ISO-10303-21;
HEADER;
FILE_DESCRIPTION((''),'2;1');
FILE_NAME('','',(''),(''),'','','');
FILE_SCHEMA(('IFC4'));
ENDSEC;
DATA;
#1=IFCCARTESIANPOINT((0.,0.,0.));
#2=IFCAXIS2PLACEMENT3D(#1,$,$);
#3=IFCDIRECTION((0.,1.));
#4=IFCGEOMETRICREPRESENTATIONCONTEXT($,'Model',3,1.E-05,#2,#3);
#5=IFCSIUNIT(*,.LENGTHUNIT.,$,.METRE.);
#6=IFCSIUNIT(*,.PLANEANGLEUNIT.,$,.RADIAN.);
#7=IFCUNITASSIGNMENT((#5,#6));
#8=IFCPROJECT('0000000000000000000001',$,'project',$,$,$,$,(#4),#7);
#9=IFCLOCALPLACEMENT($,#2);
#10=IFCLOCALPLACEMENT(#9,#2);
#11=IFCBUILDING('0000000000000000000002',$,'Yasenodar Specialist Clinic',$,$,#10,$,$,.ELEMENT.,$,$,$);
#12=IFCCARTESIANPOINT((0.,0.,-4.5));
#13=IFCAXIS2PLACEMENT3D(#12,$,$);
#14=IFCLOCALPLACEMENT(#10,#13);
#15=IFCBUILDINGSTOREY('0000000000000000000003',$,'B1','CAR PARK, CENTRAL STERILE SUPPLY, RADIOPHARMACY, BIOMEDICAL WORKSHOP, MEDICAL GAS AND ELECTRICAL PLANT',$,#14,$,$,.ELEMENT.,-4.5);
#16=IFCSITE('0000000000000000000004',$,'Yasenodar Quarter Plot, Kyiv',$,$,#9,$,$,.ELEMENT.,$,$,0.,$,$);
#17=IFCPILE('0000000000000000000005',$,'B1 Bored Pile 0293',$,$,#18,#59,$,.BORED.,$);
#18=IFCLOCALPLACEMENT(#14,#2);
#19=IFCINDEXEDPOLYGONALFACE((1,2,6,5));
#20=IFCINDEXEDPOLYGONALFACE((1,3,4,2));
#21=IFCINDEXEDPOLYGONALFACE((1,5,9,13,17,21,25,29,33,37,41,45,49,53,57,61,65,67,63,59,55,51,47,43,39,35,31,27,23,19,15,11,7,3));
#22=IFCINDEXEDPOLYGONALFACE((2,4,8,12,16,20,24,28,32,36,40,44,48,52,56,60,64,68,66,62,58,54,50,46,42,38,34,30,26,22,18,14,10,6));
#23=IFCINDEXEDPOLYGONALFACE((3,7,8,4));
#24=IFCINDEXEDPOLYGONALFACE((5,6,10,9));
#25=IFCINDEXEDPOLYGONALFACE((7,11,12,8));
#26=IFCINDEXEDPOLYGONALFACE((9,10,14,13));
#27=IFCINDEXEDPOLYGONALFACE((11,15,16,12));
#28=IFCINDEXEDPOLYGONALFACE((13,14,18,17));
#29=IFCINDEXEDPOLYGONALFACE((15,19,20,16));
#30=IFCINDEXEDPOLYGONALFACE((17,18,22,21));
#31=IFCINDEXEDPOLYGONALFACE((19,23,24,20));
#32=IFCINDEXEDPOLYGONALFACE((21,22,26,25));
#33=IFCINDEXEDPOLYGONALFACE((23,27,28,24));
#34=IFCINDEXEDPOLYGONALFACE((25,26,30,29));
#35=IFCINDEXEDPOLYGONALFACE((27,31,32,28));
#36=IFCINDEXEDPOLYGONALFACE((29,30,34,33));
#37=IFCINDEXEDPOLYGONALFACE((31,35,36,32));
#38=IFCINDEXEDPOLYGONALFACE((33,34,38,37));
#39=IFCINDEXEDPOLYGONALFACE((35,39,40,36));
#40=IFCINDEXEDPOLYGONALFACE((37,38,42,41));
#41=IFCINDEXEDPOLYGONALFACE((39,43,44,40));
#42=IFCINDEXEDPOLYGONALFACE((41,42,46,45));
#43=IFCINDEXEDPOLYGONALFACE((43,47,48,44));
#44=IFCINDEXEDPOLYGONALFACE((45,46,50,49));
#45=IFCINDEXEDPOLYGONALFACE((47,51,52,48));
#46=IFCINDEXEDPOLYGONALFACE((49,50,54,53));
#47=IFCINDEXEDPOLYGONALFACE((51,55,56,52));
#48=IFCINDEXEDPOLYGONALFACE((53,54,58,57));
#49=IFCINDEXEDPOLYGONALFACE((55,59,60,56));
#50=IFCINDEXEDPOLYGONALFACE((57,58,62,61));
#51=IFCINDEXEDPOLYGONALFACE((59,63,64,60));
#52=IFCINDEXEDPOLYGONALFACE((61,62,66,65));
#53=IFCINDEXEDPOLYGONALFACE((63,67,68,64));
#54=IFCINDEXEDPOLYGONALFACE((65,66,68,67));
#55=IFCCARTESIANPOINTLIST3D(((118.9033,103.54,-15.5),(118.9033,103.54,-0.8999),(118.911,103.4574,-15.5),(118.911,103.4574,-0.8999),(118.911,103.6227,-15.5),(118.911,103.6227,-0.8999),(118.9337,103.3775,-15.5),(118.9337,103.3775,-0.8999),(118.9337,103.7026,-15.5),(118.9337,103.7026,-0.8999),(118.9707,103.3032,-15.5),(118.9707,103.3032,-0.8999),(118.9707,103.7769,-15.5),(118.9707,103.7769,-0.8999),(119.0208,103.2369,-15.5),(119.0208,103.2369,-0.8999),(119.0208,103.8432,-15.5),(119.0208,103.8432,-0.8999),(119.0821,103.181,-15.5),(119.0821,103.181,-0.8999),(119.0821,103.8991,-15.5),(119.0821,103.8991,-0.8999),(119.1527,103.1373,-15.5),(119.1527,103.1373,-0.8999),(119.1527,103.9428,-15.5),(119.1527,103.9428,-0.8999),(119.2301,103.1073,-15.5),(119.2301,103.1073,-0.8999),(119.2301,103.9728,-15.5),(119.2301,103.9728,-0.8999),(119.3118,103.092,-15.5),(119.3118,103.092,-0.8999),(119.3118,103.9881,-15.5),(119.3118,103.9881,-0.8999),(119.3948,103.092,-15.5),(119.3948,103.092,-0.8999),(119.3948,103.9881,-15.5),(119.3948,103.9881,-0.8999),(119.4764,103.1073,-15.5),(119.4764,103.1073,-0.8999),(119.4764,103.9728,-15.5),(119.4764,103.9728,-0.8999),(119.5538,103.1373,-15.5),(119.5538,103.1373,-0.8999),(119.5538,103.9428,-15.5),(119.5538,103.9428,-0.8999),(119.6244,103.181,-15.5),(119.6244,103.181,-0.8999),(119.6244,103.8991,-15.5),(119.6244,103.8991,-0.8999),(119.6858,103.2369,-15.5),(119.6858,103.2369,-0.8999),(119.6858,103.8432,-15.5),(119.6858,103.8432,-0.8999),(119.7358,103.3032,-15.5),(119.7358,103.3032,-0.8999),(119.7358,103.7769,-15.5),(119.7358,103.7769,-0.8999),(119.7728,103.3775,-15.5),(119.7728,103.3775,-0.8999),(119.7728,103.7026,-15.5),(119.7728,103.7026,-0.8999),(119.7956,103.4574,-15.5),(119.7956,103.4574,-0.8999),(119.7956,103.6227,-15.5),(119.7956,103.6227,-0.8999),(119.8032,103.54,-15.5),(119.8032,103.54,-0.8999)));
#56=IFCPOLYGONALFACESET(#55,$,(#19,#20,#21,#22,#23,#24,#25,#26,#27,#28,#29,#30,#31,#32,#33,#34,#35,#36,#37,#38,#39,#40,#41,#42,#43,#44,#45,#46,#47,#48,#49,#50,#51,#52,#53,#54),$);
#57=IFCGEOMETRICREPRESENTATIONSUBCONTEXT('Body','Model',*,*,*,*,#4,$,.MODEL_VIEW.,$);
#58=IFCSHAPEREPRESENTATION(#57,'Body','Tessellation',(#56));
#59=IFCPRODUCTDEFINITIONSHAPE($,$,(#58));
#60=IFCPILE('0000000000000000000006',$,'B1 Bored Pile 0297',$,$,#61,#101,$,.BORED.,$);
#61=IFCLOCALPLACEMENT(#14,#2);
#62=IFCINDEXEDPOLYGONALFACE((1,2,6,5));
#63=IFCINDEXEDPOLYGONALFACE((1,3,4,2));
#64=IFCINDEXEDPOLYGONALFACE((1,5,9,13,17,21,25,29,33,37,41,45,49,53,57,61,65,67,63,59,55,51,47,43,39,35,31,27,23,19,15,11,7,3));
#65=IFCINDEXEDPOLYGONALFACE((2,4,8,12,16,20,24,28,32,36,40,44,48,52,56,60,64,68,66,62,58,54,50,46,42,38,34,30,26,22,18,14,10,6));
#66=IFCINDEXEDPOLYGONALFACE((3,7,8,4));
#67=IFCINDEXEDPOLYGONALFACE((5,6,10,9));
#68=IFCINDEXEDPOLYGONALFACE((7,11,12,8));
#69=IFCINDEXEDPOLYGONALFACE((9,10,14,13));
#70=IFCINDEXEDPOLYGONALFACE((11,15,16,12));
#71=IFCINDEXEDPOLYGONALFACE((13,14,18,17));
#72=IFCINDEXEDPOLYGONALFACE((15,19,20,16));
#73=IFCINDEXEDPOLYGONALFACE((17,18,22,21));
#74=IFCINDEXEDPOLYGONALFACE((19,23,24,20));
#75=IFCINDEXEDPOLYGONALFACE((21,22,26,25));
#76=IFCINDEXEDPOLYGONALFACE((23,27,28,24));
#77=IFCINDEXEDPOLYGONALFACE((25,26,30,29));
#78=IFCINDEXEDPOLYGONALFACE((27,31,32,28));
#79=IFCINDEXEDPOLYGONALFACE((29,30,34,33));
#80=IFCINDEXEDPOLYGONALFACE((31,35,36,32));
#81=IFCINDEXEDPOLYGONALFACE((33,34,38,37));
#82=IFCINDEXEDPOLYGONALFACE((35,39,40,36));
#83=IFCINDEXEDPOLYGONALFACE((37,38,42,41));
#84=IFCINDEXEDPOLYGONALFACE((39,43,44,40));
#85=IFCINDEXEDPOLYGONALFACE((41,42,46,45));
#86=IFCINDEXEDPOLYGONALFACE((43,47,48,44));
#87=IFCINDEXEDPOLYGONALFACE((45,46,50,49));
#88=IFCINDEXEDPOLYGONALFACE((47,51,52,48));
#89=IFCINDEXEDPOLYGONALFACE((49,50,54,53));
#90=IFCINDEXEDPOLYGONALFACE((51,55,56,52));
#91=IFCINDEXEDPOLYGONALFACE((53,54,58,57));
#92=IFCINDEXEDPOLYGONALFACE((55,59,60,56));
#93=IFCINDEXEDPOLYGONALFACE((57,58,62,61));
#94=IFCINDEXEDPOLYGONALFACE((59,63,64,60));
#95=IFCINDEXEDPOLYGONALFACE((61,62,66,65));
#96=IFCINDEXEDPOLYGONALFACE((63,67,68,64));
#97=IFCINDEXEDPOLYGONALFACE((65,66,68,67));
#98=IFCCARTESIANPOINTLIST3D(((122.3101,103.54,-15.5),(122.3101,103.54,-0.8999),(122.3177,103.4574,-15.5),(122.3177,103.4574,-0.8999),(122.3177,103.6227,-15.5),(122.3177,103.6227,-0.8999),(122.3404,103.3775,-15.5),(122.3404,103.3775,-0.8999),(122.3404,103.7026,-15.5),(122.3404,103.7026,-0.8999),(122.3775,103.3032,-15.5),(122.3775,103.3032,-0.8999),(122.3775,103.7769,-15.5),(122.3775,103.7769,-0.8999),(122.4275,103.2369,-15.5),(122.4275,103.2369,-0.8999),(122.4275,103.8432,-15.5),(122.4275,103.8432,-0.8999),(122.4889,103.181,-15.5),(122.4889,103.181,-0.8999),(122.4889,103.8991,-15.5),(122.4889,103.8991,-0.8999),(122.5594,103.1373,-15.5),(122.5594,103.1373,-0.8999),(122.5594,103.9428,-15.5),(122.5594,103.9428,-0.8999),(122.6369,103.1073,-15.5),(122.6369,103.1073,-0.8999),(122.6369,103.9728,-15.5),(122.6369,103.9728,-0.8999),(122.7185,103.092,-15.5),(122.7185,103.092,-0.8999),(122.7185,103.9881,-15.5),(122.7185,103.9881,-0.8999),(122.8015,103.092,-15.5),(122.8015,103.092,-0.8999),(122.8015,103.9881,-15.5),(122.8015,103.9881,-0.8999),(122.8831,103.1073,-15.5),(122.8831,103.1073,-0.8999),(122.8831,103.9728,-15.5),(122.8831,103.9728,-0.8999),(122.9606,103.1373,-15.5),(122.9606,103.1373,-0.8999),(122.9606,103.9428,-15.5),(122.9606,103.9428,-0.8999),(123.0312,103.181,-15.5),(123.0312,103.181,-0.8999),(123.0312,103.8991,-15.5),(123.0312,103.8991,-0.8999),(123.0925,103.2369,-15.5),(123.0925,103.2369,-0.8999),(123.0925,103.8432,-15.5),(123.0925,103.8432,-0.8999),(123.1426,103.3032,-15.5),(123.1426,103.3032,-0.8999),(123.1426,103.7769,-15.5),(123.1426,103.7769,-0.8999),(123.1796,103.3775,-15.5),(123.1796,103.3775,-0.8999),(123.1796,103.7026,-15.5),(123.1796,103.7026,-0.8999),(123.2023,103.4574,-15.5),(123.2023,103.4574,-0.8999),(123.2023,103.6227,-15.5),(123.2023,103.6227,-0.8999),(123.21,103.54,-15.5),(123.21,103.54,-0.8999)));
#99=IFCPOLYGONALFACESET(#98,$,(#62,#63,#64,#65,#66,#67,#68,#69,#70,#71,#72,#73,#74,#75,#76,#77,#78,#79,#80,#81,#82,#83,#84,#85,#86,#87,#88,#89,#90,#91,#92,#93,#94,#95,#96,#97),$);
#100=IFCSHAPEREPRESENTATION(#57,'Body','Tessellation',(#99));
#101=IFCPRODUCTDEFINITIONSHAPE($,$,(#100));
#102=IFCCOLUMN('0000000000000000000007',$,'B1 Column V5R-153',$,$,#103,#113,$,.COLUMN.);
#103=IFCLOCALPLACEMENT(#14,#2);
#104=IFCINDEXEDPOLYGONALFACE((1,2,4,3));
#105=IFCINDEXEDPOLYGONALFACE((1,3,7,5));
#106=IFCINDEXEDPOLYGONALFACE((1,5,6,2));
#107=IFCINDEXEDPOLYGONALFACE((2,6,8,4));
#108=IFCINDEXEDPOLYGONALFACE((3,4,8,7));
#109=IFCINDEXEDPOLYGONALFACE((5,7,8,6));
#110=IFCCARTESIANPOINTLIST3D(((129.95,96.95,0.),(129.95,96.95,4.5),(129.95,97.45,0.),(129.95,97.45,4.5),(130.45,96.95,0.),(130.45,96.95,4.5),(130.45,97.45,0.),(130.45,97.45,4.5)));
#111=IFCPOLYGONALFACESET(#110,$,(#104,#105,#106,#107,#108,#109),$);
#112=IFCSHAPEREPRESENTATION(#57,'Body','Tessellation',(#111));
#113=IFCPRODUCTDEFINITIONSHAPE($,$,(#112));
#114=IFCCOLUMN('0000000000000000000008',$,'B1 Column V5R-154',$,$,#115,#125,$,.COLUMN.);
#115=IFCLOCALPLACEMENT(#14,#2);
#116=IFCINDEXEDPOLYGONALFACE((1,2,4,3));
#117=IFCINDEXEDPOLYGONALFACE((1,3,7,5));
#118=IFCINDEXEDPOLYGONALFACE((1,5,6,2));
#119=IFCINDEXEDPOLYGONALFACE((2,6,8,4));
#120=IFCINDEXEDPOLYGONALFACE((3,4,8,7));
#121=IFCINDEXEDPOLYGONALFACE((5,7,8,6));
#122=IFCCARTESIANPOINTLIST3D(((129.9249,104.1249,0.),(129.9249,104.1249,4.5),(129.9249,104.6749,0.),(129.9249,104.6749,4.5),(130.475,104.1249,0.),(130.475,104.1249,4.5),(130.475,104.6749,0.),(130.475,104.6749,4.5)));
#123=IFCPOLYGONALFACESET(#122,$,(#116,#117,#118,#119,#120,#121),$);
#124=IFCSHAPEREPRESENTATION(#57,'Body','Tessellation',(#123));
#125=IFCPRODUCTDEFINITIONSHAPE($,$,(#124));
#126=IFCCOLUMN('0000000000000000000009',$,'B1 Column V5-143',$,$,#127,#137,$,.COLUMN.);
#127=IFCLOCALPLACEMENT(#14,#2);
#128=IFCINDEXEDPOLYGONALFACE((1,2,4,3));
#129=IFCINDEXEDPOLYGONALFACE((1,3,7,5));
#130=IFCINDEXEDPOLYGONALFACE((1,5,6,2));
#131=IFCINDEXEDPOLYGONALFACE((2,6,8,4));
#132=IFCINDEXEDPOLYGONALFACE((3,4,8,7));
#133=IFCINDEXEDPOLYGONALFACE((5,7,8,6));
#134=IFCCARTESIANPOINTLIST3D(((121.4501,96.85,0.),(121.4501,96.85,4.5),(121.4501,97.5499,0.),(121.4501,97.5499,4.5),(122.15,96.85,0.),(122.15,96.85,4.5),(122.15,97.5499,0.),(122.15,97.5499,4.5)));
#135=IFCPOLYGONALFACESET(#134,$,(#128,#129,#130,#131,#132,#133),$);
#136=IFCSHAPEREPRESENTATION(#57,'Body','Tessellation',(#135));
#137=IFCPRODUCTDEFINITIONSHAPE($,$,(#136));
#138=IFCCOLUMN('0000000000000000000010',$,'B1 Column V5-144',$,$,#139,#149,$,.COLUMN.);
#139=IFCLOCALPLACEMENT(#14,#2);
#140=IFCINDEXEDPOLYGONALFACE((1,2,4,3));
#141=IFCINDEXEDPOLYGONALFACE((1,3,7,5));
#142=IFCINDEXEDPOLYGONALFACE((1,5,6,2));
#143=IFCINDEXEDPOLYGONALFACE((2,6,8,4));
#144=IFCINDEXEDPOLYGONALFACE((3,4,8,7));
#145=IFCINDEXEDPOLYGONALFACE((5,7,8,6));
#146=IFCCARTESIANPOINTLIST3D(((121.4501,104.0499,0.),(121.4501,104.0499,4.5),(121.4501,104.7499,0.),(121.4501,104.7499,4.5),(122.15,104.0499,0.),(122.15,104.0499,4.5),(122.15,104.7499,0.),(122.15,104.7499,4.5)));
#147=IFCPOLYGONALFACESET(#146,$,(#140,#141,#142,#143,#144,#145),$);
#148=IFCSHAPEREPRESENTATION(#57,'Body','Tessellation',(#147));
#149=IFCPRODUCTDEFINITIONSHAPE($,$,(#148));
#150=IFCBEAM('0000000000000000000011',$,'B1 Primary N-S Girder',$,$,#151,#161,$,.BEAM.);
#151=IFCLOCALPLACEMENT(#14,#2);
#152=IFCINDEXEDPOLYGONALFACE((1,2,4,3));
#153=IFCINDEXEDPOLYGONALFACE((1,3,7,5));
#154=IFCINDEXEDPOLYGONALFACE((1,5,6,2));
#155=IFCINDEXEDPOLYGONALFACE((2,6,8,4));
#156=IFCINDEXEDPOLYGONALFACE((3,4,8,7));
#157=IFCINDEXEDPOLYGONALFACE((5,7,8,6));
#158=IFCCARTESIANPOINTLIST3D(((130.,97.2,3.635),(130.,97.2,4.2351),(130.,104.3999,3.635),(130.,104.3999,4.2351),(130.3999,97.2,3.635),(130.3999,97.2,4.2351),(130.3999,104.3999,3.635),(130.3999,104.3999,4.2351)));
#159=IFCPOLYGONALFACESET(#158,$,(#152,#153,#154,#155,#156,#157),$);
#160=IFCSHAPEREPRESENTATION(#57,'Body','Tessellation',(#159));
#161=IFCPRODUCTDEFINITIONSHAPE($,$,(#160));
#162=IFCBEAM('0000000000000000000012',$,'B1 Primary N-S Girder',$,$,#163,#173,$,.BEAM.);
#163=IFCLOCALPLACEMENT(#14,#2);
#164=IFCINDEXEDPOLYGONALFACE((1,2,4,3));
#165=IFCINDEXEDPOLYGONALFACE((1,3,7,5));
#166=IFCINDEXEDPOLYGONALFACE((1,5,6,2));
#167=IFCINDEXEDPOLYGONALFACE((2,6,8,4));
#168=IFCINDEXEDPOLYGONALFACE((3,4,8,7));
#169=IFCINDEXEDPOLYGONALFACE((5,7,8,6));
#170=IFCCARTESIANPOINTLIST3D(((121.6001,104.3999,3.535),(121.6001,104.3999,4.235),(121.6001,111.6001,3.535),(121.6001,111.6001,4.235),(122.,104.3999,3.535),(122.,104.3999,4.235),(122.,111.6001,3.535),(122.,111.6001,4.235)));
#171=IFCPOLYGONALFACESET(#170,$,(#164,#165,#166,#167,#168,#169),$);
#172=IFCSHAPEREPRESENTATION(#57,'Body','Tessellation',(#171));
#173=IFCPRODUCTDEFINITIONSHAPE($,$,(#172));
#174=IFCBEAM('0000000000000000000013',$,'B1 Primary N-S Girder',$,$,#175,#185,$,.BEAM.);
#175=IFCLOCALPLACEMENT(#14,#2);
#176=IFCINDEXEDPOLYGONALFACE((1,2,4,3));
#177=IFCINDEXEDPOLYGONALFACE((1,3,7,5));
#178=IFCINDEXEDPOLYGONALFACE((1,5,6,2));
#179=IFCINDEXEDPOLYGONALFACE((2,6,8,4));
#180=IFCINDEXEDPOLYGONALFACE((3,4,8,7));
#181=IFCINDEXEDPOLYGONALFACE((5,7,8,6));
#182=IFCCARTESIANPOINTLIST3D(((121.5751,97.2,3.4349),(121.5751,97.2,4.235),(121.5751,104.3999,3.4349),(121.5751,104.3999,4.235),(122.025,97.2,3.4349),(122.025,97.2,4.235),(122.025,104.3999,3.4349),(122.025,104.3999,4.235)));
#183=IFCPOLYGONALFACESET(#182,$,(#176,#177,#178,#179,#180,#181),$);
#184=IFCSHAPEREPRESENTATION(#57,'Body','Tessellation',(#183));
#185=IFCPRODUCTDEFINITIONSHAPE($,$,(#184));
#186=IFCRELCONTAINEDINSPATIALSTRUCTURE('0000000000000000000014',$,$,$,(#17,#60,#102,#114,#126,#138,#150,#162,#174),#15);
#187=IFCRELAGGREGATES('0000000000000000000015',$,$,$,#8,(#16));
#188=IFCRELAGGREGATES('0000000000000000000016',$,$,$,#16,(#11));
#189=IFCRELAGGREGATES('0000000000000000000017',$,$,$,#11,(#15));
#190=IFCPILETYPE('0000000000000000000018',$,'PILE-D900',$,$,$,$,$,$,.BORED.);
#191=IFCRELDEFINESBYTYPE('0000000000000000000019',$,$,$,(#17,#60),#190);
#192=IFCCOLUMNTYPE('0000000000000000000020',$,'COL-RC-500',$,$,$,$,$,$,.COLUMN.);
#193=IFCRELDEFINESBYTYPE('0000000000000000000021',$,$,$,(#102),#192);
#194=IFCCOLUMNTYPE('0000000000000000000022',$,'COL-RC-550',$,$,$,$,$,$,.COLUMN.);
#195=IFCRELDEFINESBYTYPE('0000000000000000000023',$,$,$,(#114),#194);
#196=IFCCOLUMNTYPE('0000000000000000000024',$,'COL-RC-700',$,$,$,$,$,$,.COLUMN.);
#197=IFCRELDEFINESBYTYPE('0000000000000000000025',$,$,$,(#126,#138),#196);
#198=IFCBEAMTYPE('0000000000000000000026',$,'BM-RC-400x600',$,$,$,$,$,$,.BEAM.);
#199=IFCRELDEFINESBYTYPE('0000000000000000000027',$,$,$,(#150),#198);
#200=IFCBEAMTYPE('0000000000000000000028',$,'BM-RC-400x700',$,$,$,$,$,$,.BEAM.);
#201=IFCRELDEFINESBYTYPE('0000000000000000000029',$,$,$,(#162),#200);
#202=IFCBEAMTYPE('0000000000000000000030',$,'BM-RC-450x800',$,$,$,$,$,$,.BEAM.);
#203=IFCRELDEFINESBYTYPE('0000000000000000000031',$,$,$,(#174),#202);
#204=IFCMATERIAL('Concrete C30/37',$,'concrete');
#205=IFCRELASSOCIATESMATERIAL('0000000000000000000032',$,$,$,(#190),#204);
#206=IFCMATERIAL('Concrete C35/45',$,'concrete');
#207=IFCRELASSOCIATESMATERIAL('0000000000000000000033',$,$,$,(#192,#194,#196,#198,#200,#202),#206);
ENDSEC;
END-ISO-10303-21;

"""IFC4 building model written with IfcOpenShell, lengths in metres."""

from ifc_helpers import new_model, si_unit, direction, frame, origin, origin_2d, place, context, subcontext, project, spatial, rectangle, circle, extrude, material, material_profile, profile_set, type_object, element, save


model = new_model("IFC4")

# Units and contexts
model_context = context("Model", 3, precision=1e-05, world=origin(), true_north=direction((0.0, 1.0)))
body_context = subcontext(model_context, "Body", "Model", "MODEL_VIEW")
ifc_project = project(units=[si_unit("LENGTHUNIT", "METRE"), si_unit("PLANEANGLEUNIT", "RADIAN")], contexts=[model_context])

# Site, building, storey
site_placement = place(None, origin())
site = spatial("IfcSite", under=ifc_project, at=site_placement, Name="Yasenodar Quarter Plot, Kyiv", CompositionType="ELEMENT", RefElevation=0.0)
building_placement = place(site_placement, origin())
building = spatial("IfcBuilding", under=site, at=building_placement, Name="Yasenodar Specialist Clinic", CompositionType="ELEMENT")
storey_placement = place(building_placement, frame((0.0, 0.0, -4.5)))
storey = spatial("IfcBuildingStorey", under=building, at=storey_placement, Name="B1", Description="CAR PARK, CENTRAL STERILE SUPPLY, RADIOPHARMACY, BIOMEDICAL WORKSHOP, MEDICAL GAS AND ELECTRICAL PLANT", CompositionType="ELEMENT", Elevation=-4.5)

# Shared definitions
ifc_material_1 = material(Name="Concrete C35/45", Category="concrete")

# Piles
ifc_material_2 = material(Name="Concrete C30/37", Category="concrete")
ifc_material_profile_1 = material_profile(ifc_material_2, circle(Radius=0.45, at=origin_2d()), Name="PILE D900")
ifc_profile_set_1 = profile_set([ifc_material_profile_1], Name="Concrete C30/37")
pile_type_1 = type_object("IfcPileType", Name="PILE-D900", PredefinedType="BORED", material=ifc_profile_set_1)
for number, where, z_axis, x_axis, name in (
    (1, (119.3533, 103.54, -0.8999), (0.0, 0.0, -1.0), (1.0, 0.0, 0.0), "B1 Bored Pile 0293"),
    (2, (122.76, 103.54, -0.8999), (0.0, 0.0, -1.0), (1.0, 0.0, 0.0), "B1 Bored Pile 0297"),
):
    element("IfcPile", number, at=place(storey_placement, frame(where, z_axis=z_axis, x_axis=x_axis)), inside=storey, type_object=pile_type_1, Name=name, PredefinedType="BORED", context=body_context, shape_type="SweptSolid", body=[
        extrude(circle(Radius=0.45, at=origin_2d()), origin(), (0.0, 0.0, 1.0), 14.6001),
    ])

# Columns
ifc_material_profile_2 = material_profile(ifc_material_1, rectangle(XDim=0.5, YDim=0.5, at=origin_2d()), Name="RC 500x500")
ifc_profile_set_2 = profile_set([ifc_material_profile_2], Name="Concrete C35/45")
column_type_1 = type_object("IfcColumnType", Name="COL-RC-500", PredefinedType="COLUMN", material=ifc_profile_set_2)
column_1_placement = place(storey_placement, frame((130.2, 97.2, 0.0), z_axis=(0.0, 0.0, 1.0), x_axis=(1.0, 0.0, 0.0)))
element("IfcColumn", 3, at=column_1_placement, inside=storey, type_object=column_type_1, Name="B1 Column V5R-153", PredefinedType="COLUMN", context=body_context, shape_type="SweptSolid", body=[
    extrude(rectangle(XDim=0.5, YDim=0.5, at=origin_2d()), origin(), (0.0, 0.0, 1.0), 4.5),
])
ifc_material_profile_3 = material_profile(ifc_material_1, rectangle(XDim=0.55, YDim=0.55, at=origin_2d()), Name="RC 550x550")
ifc_profile_set_3 = profile_set([ifc_material_profile_3], Name="Concrete C35/45")
column_type_2 = type_object("IfcColumnType", Name="COL-RC-550", PredefinedType="COLUMN", material=ifc_profile_set_3)
column_2_placement = place(storey_placement, frame((130.2, 104.3999, 0.0), z_axis=(0.0, 0.0, 1.0), x_axis=(1.0, 0.0, 0.0)))
element("IfcColumn", 4, at=column_2_placement, inside=storey, type_object=column_type_2, Name="B1 Column V5R-154", PredefinedType="COLUMN", context=body_context, shape_type="SweptSolid", body=[
    extrude(rectangle(XDim=0.55, YDim=0.55, at=origin_2d()), origin(), (0.0, 0.0, 1.0), 4.5),
])
ifc_material_profile_4 = material_profile(ifc_material_1, rectangle(XDim=0.7, YDim=0.7, at=origin_2d()), Name="RC 700x700")
ifc_profile_set_4 = profile_set([ifc_material_profile_4], Name="Concrete C35/45")
column_type_3 = type_object("IfcColumnType", Name="COL-RC-700", PredefinedType="COLUMN", material=ifc_profile_set_4)
for number, where, z_axis, x_axis, name in (
    (5, (121.8, 97.2, 0.0), (0.0, 0.0, 1.0), (1.0, 0.0, 0.0), "B1 Column V5-143"),
    (6, (121.8, 104.3999, 0.0), (0.0, 0.0, 1.0), (1.0, 0.0, 0.0), "B1 Column V5-144"),
):
    element("IfcColumn", number, at=place(storey_placement, frame(where, z_axis=z_axis, x_axis=x_axis)), inside=storey, type_object=column_type_3, Name=name, PredefinedType="COLUMN", context=body_context, shape_type="SweptSolid", body=[
        extrude(rectangle(XDim=0.7, YDim=0.7, at=origin_2d()), origin(), (0.0, 0.0, 1.0), 4.5),
    ])

# Beams
ifc_material_profile_5 = material_profile(ifc_material_1, rectangle(XDim=0.3999, YDim=0.6001, at=origin_2d()), Name="RC 400x600")
ifc_profile_set_5 = profile_set([ifc_material_profile_5], Name="Concrete C35/45")
beam_type_1 = type_object("IfcBeamType", Name="BM-RC-400x600", PredefinedType="BEAM", material=ifc_profile_set_5)
beam_1_placement = place(storey_placement, frame((130.2, 97.2, 3.9351), z_axis=(0.0, 1.0, 0.0), x_axis=(-1.0, 0.0, 0.0)))
element("IfcBeam", 7, at=beam_1_placement, inside=storey, type_object=beam_type_1, Name="B1 Primary N-S Girder", PredefinedType="BEAM", context=body_context, shape_type="SweptSolid", body=[
    extrude(rectangle(XDim=0.3999, YDim=0.6001, at=origin_2d()), origin(), (0.0, 0.0, 1.0), 7.2),
])
ifc_material_profile_6 = material_profile(ifc_material_1, rectangle(XDim=0.3999, YDim=0.7, at=origin_2d()), Name="RC 400x700")
ifc_profile_set_6 = profile_set([ifc_material_profile_6], Name="Concrete C35/45")
beam_type_2 = type_object("IfcBeamType", Name="BM-RC-400x700", PredefinedType="BEAM", material=ifc_profile_set_6)
beam_2_placement = place(storey_placement, frame((121.8, 104.3999, 3.885), z_axis=(0.0, 1.0, 0.0), x_axis=(-1.0, 0.0, 0.0)))
element("IfcBeam", 8, at=beam_2_placement, inside=storey, type_object=beam_type_2, Name="B1 Primary N-S Girder", PredefinedType="BEAM", context=body_context, shape_type="SweptSolid", body=[
    extrude(rectangle(XDim=0.3999, YDim=0.7, at=origin_2d()), origin(), (0.0, 0.0, 1.0), 7.2002),
])
ifc_material_profile_7 = material_profile(ifc_material_1, rectangle(XDim=0.45, YDim=0.8, at=origin_2d()), Name="RC 450x800")
ifc_profile_set_7 = profile_set([ifc_material_profile_7], Name="Concrete C35/45")
beam_type_3 = type_object("IfcBeamType", Name="BM-RC-450x800", PredefinedType="BEAM", material=ifc_profile_set_7)
beam_3_placement = place(storey_placement, frame((121.8, 97.2, 3.835), z_axis=(0.0, 1.0, 0.0), x_axis=(-1.0, 0.0, 0.0)))
element("IfcBeam", 9, at=beam_3_placement, inside=storey, type_object=beam_type_3, Name="B1 Primary N-S Girder", PredefinedType="BEAM", context=body_context, shape_type="SweptSolid", body=[
    extrude(rectangle(XDim=0.45, YDim=0.8, at=origin_2d()), origin(), (0.0, 0.0, 1.0), 7.2),
])

save(model, "model.ifc")
